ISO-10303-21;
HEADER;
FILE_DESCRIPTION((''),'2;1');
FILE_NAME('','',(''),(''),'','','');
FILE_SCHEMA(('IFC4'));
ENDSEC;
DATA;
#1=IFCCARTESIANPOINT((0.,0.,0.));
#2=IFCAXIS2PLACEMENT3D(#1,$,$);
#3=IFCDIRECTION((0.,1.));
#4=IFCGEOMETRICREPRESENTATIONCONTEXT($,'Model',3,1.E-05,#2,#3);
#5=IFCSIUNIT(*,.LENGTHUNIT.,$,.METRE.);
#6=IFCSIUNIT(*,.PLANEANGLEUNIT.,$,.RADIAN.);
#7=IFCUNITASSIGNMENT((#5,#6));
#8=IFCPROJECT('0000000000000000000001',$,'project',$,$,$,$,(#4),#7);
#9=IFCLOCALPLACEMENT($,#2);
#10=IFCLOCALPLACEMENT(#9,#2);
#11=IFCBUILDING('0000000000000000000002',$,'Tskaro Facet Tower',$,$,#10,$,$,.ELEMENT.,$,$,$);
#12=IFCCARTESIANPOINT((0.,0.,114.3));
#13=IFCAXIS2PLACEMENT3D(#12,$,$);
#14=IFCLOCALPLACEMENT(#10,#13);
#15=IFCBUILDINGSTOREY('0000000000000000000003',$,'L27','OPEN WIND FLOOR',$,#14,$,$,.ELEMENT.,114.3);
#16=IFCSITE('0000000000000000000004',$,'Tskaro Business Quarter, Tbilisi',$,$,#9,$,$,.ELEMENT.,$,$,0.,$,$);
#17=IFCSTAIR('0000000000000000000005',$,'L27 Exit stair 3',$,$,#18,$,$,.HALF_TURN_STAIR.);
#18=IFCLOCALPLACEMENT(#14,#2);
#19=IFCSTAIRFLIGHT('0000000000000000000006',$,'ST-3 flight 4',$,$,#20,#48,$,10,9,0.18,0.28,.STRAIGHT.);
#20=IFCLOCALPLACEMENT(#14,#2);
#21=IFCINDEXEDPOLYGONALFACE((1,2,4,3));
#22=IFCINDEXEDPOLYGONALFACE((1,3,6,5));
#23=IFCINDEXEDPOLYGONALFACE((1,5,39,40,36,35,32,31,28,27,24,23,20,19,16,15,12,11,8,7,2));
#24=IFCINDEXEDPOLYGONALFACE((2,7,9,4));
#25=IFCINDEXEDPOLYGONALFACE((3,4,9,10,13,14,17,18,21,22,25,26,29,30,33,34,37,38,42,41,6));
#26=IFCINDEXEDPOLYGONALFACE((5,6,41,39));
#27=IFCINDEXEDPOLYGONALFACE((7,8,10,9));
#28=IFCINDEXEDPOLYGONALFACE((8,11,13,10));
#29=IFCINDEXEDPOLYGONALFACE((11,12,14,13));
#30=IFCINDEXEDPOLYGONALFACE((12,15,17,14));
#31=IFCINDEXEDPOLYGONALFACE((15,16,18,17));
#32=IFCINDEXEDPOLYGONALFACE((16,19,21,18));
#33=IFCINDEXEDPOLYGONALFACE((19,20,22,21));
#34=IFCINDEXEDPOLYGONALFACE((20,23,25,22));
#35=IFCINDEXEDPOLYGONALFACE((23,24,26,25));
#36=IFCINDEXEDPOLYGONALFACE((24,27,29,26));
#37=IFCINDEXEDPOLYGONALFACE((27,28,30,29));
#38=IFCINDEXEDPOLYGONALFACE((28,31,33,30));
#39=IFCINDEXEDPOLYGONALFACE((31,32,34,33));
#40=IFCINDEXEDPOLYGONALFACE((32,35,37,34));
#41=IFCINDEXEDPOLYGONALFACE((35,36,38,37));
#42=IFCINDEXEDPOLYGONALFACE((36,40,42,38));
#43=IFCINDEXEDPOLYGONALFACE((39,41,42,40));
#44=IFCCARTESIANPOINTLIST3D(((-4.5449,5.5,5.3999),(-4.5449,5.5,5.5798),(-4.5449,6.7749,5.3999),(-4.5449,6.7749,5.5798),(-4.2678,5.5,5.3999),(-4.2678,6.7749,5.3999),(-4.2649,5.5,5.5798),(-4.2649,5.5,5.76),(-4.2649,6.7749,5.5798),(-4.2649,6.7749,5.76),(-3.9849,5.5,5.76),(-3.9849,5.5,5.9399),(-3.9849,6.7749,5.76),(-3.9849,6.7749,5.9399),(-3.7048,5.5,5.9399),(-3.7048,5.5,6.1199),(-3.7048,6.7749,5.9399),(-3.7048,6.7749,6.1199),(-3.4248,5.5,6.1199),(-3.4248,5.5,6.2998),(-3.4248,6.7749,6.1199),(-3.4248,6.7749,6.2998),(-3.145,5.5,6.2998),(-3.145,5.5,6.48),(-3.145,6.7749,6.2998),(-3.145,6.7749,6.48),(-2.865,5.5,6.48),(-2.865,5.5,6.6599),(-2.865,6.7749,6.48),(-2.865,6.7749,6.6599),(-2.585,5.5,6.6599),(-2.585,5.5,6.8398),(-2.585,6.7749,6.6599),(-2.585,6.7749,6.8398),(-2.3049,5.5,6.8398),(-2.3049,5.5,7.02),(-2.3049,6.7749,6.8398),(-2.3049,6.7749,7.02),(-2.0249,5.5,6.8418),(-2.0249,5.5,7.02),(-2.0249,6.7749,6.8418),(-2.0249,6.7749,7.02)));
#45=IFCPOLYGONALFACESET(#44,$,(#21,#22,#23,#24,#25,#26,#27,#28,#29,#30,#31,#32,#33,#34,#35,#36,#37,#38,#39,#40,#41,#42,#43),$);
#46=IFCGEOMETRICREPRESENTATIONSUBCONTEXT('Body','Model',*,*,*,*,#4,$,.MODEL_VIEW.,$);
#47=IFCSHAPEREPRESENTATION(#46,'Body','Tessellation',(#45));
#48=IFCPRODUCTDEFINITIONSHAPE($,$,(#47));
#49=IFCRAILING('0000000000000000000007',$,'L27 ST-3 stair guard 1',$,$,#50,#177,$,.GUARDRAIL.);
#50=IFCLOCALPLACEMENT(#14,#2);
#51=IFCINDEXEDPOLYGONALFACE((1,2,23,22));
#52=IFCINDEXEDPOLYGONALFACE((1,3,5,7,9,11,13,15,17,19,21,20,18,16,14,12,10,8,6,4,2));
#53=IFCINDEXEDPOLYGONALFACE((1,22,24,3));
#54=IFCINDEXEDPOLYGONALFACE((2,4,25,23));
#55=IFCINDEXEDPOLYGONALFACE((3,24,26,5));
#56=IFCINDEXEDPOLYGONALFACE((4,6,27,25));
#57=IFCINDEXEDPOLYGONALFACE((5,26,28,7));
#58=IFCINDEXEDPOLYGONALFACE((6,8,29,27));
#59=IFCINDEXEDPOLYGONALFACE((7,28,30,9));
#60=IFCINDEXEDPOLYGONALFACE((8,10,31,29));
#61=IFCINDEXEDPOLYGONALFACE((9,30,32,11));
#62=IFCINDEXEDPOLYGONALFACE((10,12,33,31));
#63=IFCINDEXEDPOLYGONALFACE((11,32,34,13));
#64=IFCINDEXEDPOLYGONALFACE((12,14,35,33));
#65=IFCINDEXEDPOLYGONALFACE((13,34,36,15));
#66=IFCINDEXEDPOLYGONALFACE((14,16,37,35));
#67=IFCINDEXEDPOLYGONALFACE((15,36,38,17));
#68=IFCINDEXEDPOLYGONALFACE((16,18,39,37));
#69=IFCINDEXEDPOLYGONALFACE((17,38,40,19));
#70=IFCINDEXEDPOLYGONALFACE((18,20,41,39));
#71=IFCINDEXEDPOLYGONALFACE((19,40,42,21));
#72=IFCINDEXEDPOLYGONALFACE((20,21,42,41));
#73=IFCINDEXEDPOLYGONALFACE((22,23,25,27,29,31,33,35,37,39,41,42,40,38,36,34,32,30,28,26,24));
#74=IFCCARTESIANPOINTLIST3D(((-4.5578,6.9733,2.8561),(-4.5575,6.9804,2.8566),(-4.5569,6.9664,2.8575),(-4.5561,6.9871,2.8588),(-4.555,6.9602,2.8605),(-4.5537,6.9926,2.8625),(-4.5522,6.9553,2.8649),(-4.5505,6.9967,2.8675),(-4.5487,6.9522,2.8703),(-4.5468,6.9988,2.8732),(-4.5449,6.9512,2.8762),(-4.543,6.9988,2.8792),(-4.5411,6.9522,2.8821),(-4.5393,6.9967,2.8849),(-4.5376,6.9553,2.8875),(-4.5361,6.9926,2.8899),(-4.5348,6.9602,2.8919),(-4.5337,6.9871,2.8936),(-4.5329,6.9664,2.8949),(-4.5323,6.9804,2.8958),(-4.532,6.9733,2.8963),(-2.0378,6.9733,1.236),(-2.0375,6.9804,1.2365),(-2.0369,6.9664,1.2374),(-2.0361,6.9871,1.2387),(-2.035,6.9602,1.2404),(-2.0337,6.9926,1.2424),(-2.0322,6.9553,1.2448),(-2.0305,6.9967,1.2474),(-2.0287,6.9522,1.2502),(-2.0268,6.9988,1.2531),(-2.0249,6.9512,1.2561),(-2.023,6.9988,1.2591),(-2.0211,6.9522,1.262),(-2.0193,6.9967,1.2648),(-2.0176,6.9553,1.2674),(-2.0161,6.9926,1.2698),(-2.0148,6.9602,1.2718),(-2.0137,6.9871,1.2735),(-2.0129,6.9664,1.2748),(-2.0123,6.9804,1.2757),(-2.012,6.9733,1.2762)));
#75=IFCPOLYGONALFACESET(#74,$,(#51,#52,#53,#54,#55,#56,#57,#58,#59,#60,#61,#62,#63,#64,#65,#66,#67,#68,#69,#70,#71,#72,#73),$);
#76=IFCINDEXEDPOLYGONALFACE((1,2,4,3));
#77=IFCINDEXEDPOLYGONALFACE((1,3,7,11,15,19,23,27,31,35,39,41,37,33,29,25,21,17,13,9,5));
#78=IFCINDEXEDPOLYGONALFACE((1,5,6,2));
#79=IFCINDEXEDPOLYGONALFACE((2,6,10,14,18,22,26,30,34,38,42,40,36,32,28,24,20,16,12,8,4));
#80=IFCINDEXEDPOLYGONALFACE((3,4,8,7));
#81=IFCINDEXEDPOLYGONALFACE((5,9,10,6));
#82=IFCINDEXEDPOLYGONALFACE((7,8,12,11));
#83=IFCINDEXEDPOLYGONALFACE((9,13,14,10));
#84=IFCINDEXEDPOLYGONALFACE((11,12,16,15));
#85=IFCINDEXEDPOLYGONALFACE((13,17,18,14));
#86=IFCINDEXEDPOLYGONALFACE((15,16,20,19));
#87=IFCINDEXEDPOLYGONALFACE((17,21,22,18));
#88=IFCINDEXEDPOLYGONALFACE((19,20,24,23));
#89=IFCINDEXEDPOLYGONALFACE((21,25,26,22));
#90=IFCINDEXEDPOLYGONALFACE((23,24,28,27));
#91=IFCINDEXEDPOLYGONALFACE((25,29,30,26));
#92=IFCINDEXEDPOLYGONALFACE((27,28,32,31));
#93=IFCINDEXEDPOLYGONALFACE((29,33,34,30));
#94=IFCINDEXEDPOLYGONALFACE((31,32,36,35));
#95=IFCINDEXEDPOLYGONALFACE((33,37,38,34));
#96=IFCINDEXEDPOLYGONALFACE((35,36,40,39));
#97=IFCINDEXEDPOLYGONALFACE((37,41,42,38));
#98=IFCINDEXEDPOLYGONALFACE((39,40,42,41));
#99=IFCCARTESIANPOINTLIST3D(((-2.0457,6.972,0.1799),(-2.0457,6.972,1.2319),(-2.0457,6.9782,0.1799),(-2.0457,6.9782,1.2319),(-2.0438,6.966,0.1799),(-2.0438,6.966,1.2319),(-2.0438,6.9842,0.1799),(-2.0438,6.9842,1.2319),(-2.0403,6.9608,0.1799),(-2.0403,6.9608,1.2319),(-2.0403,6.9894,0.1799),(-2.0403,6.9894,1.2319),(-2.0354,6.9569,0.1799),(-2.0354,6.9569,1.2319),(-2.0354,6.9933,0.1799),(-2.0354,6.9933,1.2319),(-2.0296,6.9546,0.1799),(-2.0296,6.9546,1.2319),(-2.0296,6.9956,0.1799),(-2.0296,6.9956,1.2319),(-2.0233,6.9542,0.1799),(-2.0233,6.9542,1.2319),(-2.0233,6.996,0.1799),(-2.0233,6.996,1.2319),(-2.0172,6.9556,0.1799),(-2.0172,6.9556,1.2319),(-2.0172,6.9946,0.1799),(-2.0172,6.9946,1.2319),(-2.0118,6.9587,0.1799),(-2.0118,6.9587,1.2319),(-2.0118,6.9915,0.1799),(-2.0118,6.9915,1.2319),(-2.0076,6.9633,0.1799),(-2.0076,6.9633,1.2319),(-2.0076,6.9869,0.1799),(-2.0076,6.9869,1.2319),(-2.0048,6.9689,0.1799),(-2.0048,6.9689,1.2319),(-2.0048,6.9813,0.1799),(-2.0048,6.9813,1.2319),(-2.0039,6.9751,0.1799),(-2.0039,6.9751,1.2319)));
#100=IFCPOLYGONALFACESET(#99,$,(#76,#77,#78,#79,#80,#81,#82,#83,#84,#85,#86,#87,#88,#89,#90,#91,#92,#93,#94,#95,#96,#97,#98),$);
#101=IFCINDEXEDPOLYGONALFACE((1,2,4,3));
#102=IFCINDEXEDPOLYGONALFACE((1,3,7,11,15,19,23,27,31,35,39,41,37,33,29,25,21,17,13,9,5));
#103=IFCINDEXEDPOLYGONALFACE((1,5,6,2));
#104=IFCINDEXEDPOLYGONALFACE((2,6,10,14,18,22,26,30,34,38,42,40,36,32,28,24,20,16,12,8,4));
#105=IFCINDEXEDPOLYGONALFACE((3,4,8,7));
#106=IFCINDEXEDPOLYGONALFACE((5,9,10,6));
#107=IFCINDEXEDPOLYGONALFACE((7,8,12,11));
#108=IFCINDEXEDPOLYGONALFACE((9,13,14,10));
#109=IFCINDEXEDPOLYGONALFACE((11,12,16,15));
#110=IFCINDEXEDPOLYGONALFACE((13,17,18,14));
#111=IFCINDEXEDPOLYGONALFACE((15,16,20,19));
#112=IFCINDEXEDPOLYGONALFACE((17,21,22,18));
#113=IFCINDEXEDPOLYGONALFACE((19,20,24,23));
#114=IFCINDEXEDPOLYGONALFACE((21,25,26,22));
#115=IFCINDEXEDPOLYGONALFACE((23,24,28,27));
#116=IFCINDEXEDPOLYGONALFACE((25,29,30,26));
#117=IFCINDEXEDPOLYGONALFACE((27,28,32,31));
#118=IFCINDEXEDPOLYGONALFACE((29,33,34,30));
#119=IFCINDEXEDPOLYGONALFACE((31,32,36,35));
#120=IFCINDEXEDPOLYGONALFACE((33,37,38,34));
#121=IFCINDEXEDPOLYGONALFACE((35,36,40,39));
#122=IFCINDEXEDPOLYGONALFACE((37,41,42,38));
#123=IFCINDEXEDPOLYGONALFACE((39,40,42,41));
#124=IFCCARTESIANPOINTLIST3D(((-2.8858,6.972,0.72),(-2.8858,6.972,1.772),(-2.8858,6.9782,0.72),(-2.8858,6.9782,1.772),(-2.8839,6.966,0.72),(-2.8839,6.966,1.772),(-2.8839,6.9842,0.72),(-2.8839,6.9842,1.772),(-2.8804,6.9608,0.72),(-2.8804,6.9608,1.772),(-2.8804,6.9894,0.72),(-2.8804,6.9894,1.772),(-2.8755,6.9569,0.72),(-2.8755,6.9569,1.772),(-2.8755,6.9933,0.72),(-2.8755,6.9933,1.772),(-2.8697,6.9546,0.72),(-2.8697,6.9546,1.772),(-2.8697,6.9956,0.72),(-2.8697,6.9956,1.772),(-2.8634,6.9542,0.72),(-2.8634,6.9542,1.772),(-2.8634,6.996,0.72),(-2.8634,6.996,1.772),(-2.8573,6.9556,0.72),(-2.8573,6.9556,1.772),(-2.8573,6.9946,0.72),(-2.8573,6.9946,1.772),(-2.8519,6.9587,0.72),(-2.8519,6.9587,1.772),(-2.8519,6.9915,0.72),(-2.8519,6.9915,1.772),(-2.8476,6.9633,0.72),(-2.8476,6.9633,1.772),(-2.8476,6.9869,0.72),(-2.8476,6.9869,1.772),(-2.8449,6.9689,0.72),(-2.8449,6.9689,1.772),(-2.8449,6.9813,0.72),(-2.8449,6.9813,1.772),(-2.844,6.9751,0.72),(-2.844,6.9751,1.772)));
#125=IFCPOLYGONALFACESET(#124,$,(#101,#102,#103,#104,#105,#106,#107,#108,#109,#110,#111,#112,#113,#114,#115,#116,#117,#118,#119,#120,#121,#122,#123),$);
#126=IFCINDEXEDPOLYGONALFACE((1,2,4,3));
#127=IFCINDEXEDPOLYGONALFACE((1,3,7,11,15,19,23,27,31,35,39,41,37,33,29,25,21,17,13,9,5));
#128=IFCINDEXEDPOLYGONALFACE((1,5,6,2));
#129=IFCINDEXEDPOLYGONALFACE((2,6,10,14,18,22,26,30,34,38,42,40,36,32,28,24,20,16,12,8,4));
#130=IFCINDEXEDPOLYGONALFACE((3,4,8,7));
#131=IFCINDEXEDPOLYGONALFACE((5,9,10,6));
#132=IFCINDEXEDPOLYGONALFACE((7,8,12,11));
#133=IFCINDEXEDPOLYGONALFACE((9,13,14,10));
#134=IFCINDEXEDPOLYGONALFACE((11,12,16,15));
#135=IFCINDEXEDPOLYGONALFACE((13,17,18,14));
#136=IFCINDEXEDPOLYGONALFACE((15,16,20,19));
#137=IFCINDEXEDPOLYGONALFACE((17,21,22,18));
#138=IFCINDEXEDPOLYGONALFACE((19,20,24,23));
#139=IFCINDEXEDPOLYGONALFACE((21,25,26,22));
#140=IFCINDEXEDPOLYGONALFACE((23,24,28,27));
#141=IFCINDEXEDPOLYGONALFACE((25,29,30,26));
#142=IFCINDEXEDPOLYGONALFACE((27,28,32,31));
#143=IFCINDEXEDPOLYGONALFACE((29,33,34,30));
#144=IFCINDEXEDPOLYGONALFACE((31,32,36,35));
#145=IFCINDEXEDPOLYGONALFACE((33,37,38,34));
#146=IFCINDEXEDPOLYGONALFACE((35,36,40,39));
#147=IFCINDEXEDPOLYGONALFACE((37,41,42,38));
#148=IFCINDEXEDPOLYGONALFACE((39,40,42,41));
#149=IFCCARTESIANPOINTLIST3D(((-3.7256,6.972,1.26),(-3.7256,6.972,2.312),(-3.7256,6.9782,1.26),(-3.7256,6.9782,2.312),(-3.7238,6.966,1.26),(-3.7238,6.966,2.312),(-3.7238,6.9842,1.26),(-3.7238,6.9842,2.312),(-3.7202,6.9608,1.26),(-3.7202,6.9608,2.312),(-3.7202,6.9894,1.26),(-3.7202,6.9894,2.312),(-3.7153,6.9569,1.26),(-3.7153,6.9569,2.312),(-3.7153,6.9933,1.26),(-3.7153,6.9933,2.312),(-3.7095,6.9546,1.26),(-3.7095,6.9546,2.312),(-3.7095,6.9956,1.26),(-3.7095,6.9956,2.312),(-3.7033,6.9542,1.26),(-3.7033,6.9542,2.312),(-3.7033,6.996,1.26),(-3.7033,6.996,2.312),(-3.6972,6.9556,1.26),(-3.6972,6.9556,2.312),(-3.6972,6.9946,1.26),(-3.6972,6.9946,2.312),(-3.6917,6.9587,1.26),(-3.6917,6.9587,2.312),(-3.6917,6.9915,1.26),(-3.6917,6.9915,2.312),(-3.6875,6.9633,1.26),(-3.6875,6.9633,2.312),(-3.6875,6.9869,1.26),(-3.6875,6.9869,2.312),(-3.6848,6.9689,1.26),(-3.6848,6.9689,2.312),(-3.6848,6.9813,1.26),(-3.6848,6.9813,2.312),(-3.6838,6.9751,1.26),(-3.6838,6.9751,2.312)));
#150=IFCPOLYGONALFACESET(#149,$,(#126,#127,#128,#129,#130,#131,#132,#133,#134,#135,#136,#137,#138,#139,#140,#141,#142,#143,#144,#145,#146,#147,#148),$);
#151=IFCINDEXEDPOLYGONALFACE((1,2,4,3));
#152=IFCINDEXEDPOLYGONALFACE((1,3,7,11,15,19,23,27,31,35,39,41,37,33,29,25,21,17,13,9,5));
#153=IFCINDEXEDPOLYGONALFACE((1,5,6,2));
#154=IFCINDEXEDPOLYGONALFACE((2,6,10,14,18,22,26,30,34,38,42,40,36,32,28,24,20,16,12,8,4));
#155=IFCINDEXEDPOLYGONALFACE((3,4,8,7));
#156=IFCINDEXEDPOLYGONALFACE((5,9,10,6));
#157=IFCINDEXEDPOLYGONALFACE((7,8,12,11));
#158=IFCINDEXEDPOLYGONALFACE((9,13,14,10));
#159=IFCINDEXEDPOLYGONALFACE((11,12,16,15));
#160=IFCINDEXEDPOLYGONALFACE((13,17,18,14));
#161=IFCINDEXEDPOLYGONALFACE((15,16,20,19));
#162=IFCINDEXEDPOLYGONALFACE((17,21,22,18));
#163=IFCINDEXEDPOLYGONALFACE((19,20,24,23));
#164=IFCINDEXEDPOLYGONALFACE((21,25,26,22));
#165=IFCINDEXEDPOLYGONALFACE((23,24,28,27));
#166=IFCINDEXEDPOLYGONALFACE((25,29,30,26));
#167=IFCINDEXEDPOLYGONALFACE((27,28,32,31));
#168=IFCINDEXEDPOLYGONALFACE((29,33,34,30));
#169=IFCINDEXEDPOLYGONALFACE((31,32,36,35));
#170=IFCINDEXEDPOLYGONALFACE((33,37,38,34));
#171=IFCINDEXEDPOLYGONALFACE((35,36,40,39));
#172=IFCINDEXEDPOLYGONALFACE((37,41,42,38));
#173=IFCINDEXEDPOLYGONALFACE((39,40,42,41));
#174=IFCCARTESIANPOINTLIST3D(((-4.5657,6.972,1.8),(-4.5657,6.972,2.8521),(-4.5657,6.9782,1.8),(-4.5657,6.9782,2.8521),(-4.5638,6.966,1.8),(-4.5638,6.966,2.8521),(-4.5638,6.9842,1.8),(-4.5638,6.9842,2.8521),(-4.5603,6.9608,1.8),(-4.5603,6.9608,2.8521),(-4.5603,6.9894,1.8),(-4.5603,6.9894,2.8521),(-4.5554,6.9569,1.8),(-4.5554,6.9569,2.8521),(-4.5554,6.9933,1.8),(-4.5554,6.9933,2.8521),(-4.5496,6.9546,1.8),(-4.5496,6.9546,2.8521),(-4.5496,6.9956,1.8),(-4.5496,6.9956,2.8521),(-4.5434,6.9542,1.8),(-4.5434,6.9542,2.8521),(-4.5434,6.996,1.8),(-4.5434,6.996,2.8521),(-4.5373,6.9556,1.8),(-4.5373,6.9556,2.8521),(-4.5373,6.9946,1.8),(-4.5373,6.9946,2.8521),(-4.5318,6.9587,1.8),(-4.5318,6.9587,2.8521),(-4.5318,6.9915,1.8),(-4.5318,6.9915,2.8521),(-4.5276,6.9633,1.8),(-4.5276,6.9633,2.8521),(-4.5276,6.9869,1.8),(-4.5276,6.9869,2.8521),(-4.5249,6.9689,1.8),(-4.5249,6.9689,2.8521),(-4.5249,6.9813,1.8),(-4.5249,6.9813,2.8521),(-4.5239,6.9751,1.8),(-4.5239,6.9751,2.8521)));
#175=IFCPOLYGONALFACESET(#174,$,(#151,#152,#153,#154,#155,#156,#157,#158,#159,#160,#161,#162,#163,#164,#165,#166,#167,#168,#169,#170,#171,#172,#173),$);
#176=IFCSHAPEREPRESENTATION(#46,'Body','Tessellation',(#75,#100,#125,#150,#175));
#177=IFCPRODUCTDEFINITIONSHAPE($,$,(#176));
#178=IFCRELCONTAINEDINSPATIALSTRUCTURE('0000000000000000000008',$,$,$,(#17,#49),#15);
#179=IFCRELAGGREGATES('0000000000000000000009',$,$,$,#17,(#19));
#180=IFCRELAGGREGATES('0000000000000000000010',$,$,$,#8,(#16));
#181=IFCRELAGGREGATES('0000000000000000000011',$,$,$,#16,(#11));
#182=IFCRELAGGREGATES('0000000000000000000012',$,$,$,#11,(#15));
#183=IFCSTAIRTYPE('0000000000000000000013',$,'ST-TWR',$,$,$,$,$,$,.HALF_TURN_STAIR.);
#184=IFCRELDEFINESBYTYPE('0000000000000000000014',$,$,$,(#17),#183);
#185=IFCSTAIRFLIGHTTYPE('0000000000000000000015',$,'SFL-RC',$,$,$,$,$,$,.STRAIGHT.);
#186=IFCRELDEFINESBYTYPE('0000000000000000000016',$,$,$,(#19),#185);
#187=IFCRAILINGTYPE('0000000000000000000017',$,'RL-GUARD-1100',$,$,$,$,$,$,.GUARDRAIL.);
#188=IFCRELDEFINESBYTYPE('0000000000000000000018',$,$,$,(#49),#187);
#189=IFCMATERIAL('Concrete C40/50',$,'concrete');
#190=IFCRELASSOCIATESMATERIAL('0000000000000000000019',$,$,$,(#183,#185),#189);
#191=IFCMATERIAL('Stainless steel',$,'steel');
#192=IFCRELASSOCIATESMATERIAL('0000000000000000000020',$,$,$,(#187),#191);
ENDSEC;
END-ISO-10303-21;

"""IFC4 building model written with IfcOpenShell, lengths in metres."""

from ifc_helpers import new_model, si_unit, direction, frame, origin, origin_2d, place, context, subcontext, project, spatial, polyline, circle, outline, extrude, material, type_object, element, aggregate, save


model = new_model("IFC4")

# Units and contexts
model_context = context("Model", 3, precision=1e-05, world=origin(), true_north=direction((0.0, 1.0)))
body_context = subcontext(model_context, "Body", "Model", "MODEL_VIEW")
ifc_project = project(units=[si_unit("LENGTHUNIT", "METRE"), si_unit("PLANEANGLEUNIT", "RADIAN")], contexts=[model_context])

# Site, building, storey
site_placement = place(None, origin())
site = spatial("IfcSite", under=ifc_project, at=site_placement, Name="Tskaro Business Quarter, Tbilisi", CompositionType="ELEMENT", RefElevation=0.0)
building_placement = place(site_placement, origin())
building = spatial("IfcBuilding", under=site, at=building_placement, Name="Tskaro Facet Tower", CompositionType="ELEMENT")
storey_placement = place(building_placement, frame((0.0, 0.0, 114.3)))
storey = spatial("IfcBuildingStorey", under=building, at=storey_placement, Name="L27", Description="OPEN WIND FLOOR", CompositionType="ELEMENT", Elevation=114.3)

# Stair
ifc_material_1 = material(Name="Concrete C40/50", Category="concrete")
stair_type = type_object("IfcStairType", Name="ST-TWR", PredefinedType="HALF_TURN_STAIR", material=ifc_material_1)
stair_1_placement = place(storey_placement, origin())
stair_1 = element("IfcStair", 1, at=stair_1_placement, inside=storey, type_object=stair_type, Name="L27 Exit stair 3", PredefinedType="HALF_TURN_STAIR")

# Stair flight
stair_flight_type = type_object("IfcStairFlightType", Name="SFL-RC", PredefinedType="STRAIGHT", material=ifc_material_1)
stair_flight_1_placement = place(storey_placement, frame((-4.5449, 6.1375, 5.3999), z_axis=(0.0, 0.0, 1.0), x_axis=(1.0, 0.0, 0.0)))
stair_flight_1 = element("IfcStairFlight", 2, at=stair_flight_1_placement, type_object=stair_flight_type, Name="ST-3 flight 4", NumberOfRisers=10, NumberOfTreads=9, PredefinedType="STRAIGHT", RiserHeight=0.18, TreadLength=0.28, context=body_context, shape_type="SweptSolid", body=[
    extrude(outline(polyline([(0.0, 0.0), (0.0, 0.1799), (0.28, 0.1799), (0.28, 0.3601), (0.5601, 0.3601), (0.5601, 0.54), (0.8401, 0.54), (0.8401, 0.72), (1.1201, 0.72), (1.1201, 0.8999), (1.3999, 0.8999), (1.3999, 1.0801), (1.6799, 1.0801), (1.6799, 1.26), (1.96, 1.26), (1.96, 1.4399), (2.24, 1.4399), (2.24, 1.6201), (2.52, 1.6201), (2.52, 1.8), (2.52, 1.4419), (0.2771, 0.0), (0.0, 0.0)])), frame((0.0, 0.6375, 0.0), z_axis=(0.0, -1.0, 0.0), x_axis=(1.0, 0.0, 0.0)), (0.0, 0.0, 1.0), 1.2749),
])
aggregate(stair_1, [stair_flight_1])

# Railing
ifc_material_2 = material(Name="Stainless steel", Category="steel")
railing_type_1 = type_object("IfcRailingType", Name="RL-GUARD-1100", PredefinedType="GUARDRAIL", material=ifc_material_2)
railing_1_placement = place(storey_placement, frame((-2.0249, 6.9751, 0.1799)))
element("IfcRailing", 3, at=railing_1_placement, inside=storey, type_object=railing_type_1, Name="L27 ST-3 stair guard 1", PredefinedType="GUARDRAIL", context=body_context, shape_type="SweptSolid", body=[
    extrude(circle(Radius=0.0239, at=origin_2d()), frame((0.0, 0.0, 1.0762), z_axis=(-0.841163, 0.0, 0.540782), x_axis=(0.0, -1.0, 0.0)), (0.0, 0.0, 1.0), 2.9958),
    extrude(circle(Radius=0.021, at=origin_2d()), origin(), (0.0, 0.0, 1.0), 1.052),
    extrude(circle(Radius=0.021, at=origin_2d()), frame((-0.8401, 0.0, 0.54)), (0.0, 0.0, 1.0), 1.052),
    extrude(circle(Radius=0.021, at=origin_2d()), frame((-1.6799, 0.0, 1.0801)), (0.0, 0.0, 1.0), 1.052),
    extrude(circle(Radius=0.021, at=origin_2d()), frame((-2.52, 0.0, 1.6201)), (0.0, 0.0, 1.0), 1.052),
])

save(model, "model.ifc")
